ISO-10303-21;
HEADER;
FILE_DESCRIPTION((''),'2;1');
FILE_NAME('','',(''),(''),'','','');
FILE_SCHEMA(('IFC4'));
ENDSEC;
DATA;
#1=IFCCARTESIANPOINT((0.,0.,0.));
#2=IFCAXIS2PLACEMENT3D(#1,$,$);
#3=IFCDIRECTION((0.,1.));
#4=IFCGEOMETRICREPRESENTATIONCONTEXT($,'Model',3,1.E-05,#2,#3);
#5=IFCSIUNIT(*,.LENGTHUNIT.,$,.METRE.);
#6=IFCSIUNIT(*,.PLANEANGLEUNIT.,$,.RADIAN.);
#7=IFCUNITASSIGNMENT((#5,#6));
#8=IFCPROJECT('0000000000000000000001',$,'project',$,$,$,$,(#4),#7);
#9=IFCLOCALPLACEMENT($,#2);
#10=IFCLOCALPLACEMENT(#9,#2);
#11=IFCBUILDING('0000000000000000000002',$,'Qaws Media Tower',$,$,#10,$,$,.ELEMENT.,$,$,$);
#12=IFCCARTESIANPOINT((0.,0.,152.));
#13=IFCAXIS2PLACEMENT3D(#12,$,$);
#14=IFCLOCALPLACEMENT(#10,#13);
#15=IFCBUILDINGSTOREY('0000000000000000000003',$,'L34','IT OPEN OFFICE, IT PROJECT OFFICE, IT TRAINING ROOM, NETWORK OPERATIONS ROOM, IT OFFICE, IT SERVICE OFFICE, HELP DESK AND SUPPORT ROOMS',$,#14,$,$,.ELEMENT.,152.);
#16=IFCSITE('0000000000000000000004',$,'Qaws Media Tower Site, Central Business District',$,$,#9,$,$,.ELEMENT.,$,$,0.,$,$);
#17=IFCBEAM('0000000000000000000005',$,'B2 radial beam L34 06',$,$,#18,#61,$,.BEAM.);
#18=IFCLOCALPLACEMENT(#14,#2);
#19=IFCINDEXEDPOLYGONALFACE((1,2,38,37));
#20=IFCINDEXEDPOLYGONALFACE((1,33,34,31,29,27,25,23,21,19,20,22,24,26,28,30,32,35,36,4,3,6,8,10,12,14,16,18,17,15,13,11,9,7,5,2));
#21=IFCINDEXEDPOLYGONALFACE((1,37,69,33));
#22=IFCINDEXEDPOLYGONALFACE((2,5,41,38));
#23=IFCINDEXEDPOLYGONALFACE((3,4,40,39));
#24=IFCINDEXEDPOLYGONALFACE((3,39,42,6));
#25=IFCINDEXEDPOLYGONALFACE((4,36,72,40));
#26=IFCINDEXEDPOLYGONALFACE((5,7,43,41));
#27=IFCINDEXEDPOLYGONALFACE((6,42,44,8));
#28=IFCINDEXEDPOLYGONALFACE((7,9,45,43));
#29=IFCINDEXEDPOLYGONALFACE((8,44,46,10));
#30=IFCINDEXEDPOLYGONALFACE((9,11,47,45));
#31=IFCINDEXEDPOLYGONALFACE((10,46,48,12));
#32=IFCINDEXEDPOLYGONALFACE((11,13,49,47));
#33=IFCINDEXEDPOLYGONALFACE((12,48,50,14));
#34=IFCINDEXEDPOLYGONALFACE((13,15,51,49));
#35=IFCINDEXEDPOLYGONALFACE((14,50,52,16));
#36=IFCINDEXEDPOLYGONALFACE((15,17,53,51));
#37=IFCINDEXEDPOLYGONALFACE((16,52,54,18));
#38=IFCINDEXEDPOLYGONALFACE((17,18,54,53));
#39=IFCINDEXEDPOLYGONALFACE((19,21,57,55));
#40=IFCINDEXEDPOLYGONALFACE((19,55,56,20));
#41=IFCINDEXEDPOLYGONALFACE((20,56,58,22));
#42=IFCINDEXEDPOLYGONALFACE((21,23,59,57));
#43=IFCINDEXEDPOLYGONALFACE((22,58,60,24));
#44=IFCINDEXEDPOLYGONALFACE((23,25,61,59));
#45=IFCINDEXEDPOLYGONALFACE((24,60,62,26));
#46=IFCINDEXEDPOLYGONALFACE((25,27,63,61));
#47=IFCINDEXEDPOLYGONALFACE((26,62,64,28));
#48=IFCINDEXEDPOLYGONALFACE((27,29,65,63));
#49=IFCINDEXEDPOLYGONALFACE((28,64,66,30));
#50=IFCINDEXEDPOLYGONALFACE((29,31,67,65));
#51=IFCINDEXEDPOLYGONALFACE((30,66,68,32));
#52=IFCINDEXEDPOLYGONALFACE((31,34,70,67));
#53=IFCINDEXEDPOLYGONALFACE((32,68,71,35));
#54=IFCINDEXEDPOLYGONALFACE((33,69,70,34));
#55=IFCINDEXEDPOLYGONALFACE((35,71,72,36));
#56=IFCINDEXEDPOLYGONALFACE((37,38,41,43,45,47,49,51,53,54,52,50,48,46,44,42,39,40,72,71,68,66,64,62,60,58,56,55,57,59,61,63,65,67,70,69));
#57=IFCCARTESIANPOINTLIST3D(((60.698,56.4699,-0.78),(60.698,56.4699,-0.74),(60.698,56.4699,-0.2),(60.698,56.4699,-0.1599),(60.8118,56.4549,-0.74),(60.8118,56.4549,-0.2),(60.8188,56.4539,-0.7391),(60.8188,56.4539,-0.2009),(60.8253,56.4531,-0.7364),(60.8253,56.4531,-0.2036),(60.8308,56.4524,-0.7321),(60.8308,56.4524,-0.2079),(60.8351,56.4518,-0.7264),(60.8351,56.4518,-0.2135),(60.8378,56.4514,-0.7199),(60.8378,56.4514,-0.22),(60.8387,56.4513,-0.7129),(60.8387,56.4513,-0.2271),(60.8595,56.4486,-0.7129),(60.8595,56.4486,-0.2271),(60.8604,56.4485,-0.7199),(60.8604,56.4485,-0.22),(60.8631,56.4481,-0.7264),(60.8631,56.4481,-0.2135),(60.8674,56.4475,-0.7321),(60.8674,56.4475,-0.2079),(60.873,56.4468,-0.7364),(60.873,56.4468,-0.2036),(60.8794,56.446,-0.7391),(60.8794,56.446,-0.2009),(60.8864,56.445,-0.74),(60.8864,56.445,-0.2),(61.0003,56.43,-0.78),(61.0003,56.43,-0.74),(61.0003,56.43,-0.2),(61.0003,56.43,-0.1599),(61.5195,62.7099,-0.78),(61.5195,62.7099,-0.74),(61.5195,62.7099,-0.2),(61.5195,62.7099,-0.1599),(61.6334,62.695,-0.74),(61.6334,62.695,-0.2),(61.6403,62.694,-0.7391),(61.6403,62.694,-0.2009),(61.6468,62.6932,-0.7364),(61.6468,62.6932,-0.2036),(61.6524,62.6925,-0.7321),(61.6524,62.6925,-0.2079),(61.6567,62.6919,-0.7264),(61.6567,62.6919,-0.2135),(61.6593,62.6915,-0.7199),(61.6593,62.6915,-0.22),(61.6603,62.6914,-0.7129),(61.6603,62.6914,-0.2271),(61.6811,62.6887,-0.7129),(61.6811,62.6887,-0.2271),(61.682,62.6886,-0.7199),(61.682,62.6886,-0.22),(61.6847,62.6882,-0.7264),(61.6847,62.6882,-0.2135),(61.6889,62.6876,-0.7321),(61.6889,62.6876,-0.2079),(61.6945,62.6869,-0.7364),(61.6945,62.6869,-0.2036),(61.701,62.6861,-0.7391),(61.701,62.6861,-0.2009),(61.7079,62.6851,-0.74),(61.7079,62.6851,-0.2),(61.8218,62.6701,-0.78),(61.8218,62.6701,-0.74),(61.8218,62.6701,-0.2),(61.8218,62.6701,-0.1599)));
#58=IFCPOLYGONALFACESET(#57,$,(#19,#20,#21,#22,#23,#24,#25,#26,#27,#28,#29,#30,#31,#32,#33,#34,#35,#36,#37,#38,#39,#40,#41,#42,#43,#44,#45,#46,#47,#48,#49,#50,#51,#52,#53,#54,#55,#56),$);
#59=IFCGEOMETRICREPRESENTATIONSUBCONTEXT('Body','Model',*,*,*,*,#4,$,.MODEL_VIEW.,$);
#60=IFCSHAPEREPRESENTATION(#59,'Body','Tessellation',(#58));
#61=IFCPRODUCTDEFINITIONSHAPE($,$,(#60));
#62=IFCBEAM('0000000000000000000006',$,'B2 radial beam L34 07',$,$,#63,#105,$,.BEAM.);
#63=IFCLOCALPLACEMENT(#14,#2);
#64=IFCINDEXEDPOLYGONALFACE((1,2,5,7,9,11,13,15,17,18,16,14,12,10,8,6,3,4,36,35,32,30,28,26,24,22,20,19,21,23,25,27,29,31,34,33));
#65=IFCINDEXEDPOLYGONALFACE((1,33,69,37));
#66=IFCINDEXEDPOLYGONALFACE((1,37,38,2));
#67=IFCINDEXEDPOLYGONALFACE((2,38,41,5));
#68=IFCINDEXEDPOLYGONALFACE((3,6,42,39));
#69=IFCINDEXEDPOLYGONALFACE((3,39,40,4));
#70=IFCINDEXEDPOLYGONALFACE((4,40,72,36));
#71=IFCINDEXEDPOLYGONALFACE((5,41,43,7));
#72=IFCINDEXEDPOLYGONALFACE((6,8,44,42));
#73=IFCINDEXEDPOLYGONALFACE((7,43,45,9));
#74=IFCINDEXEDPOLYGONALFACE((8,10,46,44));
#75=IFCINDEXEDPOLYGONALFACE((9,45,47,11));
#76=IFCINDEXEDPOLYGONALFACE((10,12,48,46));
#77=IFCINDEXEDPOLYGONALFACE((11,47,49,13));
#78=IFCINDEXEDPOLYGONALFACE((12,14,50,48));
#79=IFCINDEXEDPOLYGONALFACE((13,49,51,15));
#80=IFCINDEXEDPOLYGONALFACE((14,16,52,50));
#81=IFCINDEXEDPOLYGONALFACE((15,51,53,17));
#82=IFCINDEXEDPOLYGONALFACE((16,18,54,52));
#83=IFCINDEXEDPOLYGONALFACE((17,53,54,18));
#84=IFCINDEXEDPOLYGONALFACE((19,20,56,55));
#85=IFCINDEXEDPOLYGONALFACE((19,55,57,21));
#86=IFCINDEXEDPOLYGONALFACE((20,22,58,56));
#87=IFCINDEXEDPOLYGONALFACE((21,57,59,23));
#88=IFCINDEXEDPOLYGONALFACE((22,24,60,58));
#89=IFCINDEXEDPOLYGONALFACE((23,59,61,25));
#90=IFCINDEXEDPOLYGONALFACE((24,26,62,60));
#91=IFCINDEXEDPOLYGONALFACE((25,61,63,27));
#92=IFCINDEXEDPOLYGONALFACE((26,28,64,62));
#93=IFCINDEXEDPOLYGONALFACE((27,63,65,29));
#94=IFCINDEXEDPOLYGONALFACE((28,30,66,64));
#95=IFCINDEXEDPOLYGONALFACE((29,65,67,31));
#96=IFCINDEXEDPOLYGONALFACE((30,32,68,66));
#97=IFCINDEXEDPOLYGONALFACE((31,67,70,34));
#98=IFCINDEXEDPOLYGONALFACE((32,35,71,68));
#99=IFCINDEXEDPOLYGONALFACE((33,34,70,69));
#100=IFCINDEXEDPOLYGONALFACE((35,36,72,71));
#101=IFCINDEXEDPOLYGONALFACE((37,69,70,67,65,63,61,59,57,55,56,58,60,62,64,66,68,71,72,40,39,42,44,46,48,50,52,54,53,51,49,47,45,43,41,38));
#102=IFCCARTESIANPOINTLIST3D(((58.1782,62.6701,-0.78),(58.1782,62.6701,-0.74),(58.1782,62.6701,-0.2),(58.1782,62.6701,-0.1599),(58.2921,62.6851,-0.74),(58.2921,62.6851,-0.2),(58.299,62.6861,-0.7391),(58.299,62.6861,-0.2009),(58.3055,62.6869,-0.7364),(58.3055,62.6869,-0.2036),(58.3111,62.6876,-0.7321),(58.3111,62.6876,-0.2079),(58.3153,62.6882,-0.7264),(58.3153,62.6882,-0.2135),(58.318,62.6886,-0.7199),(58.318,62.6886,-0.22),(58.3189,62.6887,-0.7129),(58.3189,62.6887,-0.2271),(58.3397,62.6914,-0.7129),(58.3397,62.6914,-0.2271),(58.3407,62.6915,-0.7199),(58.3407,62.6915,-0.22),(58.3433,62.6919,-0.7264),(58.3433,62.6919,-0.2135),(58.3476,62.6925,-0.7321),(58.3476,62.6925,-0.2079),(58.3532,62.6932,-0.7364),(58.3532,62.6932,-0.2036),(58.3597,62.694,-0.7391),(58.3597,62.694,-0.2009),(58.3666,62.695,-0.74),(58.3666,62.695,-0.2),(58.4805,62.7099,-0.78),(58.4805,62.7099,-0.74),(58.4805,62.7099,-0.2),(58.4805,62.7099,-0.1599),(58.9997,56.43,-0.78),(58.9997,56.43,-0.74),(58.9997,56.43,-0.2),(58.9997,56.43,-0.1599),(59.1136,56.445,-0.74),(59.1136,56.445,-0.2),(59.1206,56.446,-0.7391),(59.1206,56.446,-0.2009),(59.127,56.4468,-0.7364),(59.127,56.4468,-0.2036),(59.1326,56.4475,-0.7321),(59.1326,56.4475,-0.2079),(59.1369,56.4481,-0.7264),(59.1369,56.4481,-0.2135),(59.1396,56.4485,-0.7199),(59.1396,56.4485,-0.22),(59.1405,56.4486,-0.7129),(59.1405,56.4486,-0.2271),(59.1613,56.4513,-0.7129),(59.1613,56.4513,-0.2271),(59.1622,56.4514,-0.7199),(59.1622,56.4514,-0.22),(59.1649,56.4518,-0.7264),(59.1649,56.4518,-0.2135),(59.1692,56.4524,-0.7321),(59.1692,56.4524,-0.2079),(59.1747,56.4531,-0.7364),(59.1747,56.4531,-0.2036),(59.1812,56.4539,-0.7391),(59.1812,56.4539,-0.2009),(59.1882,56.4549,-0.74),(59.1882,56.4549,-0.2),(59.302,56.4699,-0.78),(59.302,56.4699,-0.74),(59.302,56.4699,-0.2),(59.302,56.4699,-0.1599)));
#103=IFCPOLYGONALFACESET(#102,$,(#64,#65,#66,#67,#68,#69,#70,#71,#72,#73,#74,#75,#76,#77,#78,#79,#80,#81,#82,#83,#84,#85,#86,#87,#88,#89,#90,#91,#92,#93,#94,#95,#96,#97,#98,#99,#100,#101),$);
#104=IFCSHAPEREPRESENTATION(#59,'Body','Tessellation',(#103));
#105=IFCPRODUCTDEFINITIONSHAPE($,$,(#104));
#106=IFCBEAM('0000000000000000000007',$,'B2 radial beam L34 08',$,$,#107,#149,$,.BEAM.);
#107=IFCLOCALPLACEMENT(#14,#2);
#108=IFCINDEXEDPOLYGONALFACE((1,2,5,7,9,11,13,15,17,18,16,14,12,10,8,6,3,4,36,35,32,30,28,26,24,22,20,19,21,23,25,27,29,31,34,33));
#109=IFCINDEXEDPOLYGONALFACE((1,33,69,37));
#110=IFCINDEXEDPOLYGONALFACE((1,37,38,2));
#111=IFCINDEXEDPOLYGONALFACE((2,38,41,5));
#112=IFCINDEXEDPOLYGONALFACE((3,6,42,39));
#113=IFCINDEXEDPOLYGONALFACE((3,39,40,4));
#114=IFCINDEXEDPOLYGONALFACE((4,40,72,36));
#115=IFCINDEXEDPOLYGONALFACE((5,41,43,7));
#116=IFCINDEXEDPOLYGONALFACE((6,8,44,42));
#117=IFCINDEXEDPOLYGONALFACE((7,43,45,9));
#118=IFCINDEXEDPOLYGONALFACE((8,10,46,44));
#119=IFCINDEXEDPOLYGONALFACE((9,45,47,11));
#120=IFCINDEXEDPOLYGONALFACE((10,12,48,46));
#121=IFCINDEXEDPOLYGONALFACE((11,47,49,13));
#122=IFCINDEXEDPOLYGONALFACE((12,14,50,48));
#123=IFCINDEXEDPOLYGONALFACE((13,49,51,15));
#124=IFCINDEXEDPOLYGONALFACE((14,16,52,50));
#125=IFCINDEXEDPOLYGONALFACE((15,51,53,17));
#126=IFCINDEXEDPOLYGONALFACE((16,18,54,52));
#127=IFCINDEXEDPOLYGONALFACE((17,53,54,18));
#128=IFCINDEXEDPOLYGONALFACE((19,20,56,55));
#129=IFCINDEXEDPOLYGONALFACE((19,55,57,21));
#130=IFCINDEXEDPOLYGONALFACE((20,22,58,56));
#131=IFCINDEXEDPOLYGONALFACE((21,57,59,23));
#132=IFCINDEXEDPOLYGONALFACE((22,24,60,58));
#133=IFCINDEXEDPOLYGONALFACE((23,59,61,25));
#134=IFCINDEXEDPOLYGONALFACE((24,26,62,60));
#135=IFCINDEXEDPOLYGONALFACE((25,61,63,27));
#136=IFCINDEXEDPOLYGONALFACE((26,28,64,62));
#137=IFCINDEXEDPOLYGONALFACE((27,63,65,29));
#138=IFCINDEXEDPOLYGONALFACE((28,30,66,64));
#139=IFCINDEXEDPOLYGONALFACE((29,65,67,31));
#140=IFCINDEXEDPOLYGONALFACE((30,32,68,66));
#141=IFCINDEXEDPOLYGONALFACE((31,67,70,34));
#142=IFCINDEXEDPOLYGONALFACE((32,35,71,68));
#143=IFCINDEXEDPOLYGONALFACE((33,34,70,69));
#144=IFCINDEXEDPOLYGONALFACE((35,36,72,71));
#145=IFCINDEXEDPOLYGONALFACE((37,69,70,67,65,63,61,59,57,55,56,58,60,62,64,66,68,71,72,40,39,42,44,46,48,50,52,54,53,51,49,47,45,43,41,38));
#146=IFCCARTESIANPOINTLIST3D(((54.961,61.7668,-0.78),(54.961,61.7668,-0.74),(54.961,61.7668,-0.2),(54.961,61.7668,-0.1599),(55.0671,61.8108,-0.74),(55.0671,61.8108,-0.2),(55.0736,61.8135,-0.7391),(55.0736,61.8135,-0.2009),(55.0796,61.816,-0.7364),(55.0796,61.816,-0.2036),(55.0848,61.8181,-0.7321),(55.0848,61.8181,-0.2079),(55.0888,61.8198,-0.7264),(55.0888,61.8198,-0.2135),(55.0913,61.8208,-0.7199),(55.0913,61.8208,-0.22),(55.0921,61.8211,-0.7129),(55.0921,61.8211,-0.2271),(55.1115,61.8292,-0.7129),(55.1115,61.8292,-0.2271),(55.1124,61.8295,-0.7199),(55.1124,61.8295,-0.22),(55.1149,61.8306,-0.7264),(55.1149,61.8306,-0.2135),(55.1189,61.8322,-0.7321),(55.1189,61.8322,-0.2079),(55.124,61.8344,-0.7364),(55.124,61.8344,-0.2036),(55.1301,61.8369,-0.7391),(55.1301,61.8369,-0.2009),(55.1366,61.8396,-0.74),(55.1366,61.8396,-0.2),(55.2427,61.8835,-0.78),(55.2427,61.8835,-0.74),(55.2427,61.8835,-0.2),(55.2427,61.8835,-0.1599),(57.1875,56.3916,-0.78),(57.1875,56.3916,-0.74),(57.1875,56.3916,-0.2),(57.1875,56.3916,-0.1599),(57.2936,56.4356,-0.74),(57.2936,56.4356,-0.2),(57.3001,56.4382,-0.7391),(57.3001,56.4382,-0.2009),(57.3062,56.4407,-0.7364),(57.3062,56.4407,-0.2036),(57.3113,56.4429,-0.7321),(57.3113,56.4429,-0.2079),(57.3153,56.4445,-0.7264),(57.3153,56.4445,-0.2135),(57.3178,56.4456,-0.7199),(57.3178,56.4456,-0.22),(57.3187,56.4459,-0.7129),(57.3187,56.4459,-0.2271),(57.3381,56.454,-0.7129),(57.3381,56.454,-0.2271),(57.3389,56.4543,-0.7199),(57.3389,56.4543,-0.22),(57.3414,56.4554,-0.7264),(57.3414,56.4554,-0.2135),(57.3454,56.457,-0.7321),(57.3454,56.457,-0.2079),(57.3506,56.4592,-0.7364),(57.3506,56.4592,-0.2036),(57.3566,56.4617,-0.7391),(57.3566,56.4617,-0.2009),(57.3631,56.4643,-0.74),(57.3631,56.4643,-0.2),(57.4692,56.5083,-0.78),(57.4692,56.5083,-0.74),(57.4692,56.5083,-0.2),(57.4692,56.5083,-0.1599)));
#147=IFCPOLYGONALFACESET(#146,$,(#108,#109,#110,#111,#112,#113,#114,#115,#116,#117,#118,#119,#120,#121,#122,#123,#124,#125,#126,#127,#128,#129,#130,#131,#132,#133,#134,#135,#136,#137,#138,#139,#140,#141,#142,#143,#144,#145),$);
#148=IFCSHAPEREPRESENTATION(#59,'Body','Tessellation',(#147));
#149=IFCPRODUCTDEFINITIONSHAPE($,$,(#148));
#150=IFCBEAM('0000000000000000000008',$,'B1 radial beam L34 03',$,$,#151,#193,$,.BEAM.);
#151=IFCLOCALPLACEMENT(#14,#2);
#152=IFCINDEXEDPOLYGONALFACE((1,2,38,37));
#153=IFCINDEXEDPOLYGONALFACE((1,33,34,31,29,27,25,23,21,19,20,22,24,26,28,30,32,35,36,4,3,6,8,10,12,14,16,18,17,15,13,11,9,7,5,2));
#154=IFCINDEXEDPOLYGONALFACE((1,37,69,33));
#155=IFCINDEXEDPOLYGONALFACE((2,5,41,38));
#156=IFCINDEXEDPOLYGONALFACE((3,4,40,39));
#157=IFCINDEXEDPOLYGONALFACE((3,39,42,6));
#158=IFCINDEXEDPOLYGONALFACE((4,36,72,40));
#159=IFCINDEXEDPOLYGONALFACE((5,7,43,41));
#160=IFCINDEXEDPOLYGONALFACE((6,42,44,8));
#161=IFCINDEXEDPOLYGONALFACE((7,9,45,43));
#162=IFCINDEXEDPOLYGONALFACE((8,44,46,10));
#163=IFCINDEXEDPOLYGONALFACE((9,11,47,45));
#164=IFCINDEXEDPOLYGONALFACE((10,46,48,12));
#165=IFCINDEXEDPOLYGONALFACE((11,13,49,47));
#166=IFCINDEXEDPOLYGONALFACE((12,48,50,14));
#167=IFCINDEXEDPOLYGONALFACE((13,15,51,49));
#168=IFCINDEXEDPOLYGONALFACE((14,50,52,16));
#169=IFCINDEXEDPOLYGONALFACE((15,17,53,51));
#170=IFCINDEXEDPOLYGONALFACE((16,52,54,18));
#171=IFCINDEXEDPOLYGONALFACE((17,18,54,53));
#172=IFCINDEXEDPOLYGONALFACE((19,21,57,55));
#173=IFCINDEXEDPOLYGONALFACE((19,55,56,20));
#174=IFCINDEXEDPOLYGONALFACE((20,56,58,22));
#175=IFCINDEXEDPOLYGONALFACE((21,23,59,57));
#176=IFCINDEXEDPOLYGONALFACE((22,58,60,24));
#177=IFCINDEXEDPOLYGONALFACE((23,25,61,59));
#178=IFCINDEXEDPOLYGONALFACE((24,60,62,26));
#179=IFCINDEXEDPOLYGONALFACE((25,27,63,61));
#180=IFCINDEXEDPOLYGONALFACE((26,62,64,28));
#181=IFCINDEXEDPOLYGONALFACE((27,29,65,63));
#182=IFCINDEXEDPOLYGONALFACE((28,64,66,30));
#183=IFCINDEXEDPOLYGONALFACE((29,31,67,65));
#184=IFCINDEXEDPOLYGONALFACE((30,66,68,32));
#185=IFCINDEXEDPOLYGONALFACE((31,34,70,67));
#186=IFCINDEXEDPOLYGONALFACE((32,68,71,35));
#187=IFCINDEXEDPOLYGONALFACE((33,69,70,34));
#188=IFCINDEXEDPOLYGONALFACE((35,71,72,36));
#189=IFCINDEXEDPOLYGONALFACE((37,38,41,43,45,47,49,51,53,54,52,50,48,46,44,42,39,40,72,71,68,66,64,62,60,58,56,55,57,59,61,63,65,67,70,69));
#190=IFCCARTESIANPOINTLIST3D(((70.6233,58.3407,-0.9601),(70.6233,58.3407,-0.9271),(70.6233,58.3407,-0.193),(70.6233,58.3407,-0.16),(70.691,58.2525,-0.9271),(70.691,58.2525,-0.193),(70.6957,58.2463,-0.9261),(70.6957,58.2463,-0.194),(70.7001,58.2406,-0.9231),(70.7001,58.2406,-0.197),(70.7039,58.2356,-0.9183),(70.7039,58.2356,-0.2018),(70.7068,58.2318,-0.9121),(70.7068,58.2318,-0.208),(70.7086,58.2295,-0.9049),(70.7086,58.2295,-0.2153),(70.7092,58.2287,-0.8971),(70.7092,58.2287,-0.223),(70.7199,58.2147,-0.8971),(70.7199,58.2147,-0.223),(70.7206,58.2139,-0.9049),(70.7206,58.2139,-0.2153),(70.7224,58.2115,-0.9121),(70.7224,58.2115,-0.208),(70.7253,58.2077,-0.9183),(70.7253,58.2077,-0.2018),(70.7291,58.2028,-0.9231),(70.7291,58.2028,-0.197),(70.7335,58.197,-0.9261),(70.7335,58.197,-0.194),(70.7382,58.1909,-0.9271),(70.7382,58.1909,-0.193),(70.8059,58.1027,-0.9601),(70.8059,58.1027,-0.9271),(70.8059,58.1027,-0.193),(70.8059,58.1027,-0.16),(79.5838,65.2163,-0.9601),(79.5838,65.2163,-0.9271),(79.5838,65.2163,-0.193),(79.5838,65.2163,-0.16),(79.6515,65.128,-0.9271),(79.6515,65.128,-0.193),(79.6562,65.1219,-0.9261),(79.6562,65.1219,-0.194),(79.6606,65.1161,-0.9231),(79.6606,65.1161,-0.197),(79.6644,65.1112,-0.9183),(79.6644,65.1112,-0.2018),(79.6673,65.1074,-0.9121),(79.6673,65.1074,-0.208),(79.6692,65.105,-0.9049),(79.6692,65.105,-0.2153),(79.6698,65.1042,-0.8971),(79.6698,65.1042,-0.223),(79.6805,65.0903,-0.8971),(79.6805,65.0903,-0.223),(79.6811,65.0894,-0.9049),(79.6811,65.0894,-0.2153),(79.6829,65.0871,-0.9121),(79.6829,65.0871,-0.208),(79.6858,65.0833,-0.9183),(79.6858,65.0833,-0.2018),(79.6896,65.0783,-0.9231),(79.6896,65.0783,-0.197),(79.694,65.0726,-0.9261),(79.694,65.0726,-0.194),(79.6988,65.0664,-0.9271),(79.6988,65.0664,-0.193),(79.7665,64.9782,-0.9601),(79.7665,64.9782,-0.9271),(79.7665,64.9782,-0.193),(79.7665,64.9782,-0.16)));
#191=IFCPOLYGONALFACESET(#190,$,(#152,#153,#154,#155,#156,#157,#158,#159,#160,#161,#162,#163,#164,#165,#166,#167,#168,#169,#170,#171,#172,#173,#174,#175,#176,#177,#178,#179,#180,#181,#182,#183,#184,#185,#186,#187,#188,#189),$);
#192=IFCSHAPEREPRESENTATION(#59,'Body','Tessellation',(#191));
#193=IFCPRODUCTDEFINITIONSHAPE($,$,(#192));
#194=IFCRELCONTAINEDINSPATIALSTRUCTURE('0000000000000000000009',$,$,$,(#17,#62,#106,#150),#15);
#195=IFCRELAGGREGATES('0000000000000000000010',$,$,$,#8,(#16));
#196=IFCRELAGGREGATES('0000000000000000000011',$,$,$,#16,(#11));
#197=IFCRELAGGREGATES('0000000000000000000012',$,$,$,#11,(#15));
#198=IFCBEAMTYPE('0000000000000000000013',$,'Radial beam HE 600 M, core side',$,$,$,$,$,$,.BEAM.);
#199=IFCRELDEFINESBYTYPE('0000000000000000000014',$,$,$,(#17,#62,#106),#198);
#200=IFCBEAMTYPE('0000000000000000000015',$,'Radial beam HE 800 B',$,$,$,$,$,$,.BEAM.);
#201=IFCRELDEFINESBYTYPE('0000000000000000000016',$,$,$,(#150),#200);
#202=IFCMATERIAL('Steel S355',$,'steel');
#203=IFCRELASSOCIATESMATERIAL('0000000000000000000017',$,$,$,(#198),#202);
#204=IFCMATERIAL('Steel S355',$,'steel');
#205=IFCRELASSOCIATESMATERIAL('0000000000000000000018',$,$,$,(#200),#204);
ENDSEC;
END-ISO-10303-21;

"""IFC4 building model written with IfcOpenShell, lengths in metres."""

from ifc_helpers import new_model, si_unit, direction, frame, origin, origin_2d, place, context, subcontext, project, spatial, i_section, extrude, material, material_profile, profile_set, type_object, element, save


model = new_model("IFC4")

# Units and contexts
model_context = context("Model", 3, precision=1e-05, world=origin(), true_north=direction((0.0, 1.0)))
body_context = subcontext(model_context, "Body", "Model", "MODEL_VIEW")
ifc_project = project(units=[si_unit("LENGTHUNIT", "METRE"), si_unit("PLANEANGLEUNIT", "RADIAN")], contexts=[model_context])

# Site, building, storey
site_placement = place(None, origin())
site = spatial("IfcSite", under=ifc_project, at=site_placement, Name="Qaws Media Tower Site, Central Business District", CompositionType="ELEMENT", RefElevation=0.0)
building_placement = place(site_placement, origin())
building = spatial("IfcBuilding", under=site, at=building_placement, Name="Qaws Media Tower", CompositionType="ELEMENT")
storey_placement = place(building_placement, frame((0.0, 0.0, 152.0)))
storey = spatial("IfcBuildingStorey", under=building, at=storey_placement, Name="L34", Description="IT OPEN OFFICE, IT PROJECT OFFICE, IT TRAINING ROOM, NETWORK OPERATIONS ROOM, IT OFFICE, IT SERVICE OFFICE, HELP DESK AND SUPPORT ROOMS", CompositionType="ELEMENT", Elevation=152.0)

# Beams
ifc_material_1 = material(Name="Steel S355", Category="steel")
ifc_material_profile_1 = material_profile(ifc_material_1, i_section(OverallWidth=0.3049, OverallDepth=0.6201, WebThickness=0.021, FlangeThickness=0.04, FilletRadius=0.0271, at=origin_2d()), Name="HE 600 M")
ifc_profile_set_1 = profile_set([ifc_material_profile_1], Name="Steel S355")
beam_type_1 = type_object("IfcBeamType", Name="Radial beam HE 600 M, core side", PredefinedType="BEAM", material=ifc_profile_set_1)
for number, where, z_axis, x_axis, name in (
    (1, (60.8491, 56.45, -0.47), (0.13053, 0.991444, 0.0), (-0.991444, 0.13053, 0.0), "B2 radial beam L34 06"),
    (2, (59.1509, 56.45, -0.47), (-0.13053, 0.991444, 0.0), (-0.991444, -0.13053, 0.0), "B2 radial beam L34 07"),
):
    element("IfcBeam", number, at=place(storey_placement, frame(where, z_axis=z_axis, x_axis=x_axis)), inside=storey, type_object=beam_type_1, Name=name, PredefinedType="BEAM", context=body_context, shape_type="SweptSolid", body=[
        extrude(i_section(OverallWidth=0.3049, OverallDepth=0.6201, WebThickness=0.021, FlangeThickness=0.04, FilletRadius=0.0271, at=origin_2d()), origin(), (0.0, 0.0, 1.0), 6.2939),
    ])
beam_1_placement = place(storey_placement, frame((57.3284, 56.45, -0.47), z_axis=(-0.382693, 0.923876, 0.0), x_axis=(-0.923876, -0.382693, 0.0)))
element("IfcBeam", 3, at=beam_1_placement, inside=storey, type_object=beam_type_1, Name="B2 radial beam L34 08", PredefinedType="BEAM", context=body_context, shape_type="SweptSolid", body=[
    extrude(i_section(OverallWidth=0.3049, OverallDepth=0.6201, WebThickness=0.021, FlangeThickness=0.04, FilletRadius=0.0271, at=origin_2d()), origin(), (0.0, 0.0, 1.0), 5.8181),
])
ifc_material_2 = material(Name="Steel S355", Category="steel")
ifc_material_profile_2 = material_profile(ifc_material_2, i_section(OverallWidth=0.3, OverallDepth=0.8, WebThickness=0.0176, FlangeThickness=0.033, FilletRadius=0.03, at=origin_2d()), Name="HE 800 B")
ifc_profile_set_2 = profile_set([ifc_material_profile_2], Name="Steel S355")
beam_type_2 = type_object("IfcBeamType", Name="Radial beam HE 800 B", PredefinedType="BEAM", material=ifc_profile_set_2)
for number, where, z_axis, x_axis, name in (
    (4, (70.7146, 58.2217, -0.5601), (0.793358, 0.608756, 0.0), (-0.608756, 0.793358, 0.0), "B1 radial beam L34 03"),
):
    element("IfcBeam", number, at=place(storey_placement, frame(where, z_axis=z_axis, x_axis=x_axis)), inside=storey, type_object=beam_type_2, Name=name, PredefinedType="BEAM", context=body_context, shape_type="SweptSolid", body=[
        extrude(i_section(OverallWidth=0.3, OverallDepth=0.8, WebThickness=0.0176, FlangeThickness=0.033, FilletRadius=0.03, at=origin_2d()), origin(), (0.0, 0.0, 1.0), 11.2944),
    ])

save(model, "model.ifc")
